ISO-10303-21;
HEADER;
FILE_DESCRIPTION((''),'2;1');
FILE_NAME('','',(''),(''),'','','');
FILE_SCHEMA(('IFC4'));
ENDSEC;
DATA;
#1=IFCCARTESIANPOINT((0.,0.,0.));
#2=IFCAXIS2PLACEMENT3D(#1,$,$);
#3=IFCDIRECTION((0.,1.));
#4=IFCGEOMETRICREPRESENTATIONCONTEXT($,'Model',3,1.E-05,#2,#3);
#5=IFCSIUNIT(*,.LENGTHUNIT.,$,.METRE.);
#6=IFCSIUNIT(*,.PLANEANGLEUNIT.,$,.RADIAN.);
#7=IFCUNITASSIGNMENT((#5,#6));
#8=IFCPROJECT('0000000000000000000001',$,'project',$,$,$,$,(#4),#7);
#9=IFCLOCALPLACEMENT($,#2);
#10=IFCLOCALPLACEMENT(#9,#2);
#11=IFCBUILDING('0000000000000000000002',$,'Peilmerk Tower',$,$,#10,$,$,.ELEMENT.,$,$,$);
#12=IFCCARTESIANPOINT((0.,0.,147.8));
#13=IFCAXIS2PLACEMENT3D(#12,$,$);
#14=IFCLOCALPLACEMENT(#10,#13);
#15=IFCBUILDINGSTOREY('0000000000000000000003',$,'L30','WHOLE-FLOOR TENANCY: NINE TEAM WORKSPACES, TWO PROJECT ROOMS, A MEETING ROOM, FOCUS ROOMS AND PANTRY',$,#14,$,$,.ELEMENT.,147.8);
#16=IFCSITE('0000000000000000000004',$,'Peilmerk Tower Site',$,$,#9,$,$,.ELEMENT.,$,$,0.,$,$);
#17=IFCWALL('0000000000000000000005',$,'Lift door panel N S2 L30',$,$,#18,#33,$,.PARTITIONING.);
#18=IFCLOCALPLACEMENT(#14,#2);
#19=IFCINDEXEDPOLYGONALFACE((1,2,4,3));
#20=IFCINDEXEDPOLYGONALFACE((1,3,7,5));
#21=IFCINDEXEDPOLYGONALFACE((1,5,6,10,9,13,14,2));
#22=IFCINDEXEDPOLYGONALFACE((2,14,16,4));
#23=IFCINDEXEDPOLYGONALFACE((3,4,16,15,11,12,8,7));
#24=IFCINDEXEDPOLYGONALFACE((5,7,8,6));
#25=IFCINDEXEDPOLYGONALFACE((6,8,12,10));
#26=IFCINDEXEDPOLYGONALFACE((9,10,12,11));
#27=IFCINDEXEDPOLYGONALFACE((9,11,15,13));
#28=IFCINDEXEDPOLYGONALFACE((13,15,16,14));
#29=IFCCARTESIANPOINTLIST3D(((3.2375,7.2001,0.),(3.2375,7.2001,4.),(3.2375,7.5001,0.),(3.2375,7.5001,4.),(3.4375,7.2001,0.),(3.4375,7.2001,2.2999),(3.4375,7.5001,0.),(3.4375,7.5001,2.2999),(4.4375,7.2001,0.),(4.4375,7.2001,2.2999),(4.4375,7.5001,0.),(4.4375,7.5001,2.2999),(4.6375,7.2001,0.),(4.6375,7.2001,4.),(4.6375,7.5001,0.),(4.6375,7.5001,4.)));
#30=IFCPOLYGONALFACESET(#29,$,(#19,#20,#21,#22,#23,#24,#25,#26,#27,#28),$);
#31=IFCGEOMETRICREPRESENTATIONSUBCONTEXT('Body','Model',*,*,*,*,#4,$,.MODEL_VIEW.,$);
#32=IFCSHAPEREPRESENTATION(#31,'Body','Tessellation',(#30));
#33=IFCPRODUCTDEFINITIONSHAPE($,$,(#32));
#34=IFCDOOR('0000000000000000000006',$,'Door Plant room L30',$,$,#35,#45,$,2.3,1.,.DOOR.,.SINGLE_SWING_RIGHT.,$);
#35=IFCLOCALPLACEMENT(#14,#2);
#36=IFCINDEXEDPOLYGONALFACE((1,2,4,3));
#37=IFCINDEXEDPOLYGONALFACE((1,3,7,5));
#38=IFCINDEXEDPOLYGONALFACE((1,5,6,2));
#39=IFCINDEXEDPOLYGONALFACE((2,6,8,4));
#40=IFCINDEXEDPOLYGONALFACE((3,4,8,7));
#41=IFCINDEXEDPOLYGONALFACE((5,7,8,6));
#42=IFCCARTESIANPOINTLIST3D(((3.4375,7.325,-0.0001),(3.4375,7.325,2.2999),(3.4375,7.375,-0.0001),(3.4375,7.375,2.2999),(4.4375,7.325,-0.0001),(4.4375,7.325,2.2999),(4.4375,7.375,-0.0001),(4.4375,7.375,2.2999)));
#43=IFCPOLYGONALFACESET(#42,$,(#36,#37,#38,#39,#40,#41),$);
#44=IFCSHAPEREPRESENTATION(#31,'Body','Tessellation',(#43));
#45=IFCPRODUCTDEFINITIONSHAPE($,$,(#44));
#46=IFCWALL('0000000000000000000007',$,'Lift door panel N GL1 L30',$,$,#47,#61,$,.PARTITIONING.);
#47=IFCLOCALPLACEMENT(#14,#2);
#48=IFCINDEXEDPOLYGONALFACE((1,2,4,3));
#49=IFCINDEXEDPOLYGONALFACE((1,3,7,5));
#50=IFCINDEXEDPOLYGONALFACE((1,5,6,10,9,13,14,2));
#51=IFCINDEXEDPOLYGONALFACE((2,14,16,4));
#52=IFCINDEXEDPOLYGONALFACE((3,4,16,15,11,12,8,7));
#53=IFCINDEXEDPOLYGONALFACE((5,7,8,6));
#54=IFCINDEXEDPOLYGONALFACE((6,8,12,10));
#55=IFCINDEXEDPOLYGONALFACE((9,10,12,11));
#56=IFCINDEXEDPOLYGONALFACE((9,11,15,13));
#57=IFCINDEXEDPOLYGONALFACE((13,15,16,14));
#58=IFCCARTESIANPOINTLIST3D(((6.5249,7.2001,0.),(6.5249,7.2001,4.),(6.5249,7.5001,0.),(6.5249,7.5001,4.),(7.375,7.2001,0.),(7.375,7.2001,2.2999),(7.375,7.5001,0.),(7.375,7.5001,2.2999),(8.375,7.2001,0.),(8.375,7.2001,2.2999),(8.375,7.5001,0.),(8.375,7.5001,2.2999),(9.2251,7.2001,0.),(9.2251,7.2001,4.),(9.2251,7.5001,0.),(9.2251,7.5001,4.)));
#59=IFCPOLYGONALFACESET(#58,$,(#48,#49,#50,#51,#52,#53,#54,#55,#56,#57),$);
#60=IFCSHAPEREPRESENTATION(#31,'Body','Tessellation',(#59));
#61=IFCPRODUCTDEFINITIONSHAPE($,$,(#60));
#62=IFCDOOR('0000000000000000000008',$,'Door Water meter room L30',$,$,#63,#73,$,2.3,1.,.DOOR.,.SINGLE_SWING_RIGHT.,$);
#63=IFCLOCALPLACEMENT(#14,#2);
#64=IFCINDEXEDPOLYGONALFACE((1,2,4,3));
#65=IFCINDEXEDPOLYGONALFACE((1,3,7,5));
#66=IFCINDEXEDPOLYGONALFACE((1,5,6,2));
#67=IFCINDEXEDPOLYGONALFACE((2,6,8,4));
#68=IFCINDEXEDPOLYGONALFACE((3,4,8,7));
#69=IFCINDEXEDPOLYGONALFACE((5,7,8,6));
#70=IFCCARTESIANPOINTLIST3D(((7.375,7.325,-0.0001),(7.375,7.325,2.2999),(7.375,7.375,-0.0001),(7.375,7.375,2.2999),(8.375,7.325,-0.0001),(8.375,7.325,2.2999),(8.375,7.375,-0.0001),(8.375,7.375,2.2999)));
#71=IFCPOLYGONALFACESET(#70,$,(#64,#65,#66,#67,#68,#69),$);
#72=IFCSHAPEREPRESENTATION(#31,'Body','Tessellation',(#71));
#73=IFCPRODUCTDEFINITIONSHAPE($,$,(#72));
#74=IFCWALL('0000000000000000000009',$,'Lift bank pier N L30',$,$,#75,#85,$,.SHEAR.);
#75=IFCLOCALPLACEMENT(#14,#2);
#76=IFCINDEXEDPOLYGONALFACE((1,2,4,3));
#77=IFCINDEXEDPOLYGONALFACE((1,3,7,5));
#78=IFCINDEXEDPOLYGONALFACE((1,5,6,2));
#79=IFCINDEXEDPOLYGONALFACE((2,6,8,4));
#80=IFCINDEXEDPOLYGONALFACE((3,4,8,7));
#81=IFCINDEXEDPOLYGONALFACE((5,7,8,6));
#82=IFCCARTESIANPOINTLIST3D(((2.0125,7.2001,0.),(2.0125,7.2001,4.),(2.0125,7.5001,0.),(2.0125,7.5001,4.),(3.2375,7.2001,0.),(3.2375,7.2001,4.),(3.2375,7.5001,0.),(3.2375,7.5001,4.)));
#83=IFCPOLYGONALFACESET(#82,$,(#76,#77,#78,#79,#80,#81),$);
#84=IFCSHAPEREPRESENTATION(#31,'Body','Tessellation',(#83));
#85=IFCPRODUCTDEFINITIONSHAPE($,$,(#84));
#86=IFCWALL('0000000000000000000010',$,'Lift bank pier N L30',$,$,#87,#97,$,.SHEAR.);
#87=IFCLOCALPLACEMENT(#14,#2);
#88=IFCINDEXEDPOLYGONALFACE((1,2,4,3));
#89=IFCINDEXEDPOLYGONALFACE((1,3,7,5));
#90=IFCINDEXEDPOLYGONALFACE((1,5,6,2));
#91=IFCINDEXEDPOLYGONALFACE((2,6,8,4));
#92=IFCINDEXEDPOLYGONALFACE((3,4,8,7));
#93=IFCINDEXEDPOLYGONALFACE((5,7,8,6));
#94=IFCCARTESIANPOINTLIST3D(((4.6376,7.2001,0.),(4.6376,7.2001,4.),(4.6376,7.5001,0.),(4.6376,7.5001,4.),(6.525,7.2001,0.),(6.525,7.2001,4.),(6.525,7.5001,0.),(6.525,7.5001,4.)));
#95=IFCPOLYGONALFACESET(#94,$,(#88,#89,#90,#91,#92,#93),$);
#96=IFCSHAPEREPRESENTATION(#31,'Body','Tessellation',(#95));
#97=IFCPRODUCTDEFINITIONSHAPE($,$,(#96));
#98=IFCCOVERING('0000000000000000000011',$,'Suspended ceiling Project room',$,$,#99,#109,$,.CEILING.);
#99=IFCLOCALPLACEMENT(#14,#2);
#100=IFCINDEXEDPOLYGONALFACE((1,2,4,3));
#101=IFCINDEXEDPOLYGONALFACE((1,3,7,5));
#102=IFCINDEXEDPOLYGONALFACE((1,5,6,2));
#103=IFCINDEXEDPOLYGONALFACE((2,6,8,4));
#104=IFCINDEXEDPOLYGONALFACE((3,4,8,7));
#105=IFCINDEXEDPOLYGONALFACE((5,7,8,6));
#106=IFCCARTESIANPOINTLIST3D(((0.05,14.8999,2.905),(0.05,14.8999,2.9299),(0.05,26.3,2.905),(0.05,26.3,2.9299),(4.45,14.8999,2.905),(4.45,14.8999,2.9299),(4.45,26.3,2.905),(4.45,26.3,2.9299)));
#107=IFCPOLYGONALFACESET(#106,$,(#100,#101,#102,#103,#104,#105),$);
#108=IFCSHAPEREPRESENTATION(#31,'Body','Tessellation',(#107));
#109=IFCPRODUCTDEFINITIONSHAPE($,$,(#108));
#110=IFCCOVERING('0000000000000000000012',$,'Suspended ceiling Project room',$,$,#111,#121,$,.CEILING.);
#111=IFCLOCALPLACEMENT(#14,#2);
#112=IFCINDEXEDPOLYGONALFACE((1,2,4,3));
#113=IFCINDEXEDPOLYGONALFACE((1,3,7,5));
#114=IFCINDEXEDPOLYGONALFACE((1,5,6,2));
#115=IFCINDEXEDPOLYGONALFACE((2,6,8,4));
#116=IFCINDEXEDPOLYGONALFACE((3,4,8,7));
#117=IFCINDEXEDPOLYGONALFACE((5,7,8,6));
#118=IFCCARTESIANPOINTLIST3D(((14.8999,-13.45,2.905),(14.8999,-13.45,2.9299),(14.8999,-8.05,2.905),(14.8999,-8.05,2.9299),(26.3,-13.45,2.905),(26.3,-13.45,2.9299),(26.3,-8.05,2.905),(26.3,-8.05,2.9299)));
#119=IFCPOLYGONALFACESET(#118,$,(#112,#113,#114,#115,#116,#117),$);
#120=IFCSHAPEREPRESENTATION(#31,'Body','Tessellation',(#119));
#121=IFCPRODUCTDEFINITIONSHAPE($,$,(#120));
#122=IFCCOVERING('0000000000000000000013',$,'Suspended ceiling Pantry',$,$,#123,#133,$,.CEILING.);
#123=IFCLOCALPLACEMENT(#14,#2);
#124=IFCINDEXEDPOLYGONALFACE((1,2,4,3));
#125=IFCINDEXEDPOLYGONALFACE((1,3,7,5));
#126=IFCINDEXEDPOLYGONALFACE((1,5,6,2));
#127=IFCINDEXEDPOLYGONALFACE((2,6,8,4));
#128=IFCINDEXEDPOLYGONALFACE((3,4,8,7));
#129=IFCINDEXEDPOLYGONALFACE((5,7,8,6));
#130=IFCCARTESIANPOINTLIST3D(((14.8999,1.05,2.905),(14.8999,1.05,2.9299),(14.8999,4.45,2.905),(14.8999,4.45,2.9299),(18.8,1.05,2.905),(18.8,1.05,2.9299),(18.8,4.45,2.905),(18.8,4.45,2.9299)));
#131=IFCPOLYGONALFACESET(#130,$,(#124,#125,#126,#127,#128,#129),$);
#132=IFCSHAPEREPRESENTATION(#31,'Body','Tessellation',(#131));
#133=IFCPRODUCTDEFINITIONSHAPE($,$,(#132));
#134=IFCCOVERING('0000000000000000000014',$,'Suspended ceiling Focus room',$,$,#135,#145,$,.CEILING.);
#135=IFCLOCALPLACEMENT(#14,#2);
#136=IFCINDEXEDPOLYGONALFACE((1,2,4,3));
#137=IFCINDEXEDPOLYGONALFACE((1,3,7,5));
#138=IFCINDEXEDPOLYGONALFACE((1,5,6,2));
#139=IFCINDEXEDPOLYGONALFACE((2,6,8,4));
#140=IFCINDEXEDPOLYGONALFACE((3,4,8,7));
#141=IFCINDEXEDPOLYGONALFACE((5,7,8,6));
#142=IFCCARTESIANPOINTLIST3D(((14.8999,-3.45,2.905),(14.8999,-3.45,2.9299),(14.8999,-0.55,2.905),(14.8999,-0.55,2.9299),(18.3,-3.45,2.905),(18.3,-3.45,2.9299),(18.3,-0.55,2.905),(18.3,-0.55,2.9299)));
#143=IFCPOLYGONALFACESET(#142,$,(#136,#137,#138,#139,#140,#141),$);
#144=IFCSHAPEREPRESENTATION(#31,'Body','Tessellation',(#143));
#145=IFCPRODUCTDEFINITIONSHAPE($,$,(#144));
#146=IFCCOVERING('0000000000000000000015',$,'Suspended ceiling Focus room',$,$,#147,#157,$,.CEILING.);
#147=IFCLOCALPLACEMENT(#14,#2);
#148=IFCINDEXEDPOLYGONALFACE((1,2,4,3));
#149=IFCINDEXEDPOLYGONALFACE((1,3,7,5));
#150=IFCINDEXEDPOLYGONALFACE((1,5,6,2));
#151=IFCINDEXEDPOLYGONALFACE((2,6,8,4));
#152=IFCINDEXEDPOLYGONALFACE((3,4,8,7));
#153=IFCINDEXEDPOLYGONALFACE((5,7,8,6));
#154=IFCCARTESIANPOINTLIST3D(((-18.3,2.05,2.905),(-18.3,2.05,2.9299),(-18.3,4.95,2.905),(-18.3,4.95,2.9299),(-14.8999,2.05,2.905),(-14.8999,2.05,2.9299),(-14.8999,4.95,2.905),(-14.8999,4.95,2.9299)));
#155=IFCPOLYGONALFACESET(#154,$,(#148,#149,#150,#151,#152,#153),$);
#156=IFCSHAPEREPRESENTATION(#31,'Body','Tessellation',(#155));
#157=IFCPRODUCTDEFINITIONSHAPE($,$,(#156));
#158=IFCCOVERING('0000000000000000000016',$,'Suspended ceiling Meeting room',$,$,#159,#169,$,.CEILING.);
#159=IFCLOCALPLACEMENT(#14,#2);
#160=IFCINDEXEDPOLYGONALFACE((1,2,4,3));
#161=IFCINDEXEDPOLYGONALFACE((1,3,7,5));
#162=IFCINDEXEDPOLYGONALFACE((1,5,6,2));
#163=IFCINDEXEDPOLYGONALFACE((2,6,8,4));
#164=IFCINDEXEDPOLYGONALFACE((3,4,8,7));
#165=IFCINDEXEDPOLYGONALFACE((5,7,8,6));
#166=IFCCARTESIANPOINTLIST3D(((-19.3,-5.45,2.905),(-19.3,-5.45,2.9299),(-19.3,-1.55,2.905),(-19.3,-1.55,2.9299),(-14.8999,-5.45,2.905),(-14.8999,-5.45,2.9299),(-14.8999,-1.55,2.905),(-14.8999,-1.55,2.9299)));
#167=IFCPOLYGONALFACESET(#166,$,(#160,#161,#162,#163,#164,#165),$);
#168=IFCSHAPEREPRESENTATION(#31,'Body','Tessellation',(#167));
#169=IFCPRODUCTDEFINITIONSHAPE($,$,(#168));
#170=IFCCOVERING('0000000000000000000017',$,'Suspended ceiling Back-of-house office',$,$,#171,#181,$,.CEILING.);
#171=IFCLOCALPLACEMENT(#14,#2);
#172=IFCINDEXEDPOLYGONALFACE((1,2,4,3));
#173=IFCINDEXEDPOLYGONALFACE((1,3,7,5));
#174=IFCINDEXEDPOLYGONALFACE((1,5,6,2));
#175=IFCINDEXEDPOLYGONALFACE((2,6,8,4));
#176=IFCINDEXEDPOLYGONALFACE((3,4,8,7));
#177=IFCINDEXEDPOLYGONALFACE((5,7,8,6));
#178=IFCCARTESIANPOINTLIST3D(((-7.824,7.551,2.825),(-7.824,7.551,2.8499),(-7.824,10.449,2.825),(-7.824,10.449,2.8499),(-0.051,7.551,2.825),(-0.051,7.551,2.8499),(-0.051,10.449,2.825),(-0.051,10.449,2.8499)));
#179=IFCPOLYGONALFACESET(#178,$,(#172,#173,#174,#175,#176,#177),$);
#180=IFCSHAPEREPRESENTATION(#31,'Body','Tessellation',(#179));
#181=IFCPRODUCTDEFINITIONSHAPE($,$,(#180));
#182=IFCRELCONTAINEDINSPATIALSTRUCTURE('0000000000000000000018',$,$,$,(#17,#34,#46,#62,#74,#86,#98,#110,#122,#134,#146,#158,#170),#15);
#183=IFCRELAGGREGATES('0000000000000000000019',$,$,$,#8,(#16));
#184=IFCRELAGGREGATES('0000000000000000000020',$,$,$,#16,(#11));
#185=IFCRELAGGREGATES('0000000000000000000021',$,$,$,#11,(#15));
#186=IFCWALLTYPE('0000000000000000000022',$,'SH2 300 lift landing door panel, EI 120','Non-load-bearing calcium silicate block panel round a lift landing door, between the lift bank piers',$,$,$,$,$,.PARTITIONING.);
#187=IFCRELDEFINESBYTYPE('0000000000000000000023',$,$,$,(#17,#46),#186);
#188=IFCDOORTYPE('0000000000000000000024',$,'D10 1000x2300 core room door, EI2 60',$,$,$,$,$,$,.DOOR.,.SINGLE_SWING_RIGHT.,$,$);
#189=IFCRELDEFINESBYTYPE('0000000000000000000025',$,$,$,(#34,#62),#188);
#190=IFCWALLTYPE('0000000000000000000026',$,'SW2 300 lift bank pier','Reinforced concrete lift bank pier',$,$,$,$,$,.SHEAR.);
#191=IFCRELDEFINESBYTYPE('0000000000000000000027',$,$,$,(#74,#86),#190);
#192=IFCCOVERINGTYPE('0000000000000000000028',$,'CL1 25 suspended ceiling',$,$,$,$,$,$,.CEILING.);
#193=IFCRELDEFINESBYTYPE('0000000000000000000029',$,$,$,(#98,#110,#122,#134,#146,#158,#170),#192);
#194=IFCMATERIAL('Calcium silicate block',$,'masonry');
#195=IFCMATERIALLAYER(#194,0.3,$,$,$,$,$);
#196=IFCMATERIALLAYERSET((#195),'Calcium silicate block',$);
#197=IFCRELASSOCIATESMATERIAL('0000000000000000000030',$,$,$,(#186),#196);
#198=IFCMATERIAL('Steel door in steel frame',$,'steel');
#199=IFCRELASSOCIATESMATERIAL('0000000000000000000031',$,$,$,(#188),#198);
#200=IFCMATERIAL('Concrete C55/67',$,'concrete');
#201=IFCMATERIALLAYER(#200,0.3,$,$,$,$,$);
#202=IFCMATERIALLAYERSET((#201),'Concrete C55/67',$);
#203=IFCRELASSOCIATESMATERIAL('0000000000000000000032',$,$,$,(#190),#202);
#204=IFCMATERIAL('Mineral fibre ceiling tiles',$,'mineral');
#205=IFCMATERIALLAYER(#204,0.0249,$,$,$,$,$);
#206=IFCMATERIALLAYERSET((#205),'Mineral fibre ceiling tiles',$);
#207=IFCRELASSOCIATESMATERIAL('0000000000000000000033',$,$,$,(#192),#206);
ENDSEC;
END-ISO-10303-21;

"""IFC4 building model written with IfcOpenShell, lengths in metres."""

from ifc_helpers import new_model, si_unit, direction, frame, frame_2d, origin, place, context, subcontext, project, spatial, polyline, rectangle, outline, extrude, material, layer, layer_set, type_object, element, fill, save


model = new_model("IFC4")

# Units and contexts
model_context = context("Model", 3, precision=1e-05, world=origin(), true_north=direction((0.0, 1.0)))
body_context = subcontext(model_context, "Body", "Model", "MODEL_VIEW")
ifc_project = project(units=[si_unit("LENGTHUNIT", "METRE"), si_unit("PLANEANGLEUNIT", "RADIAN")], contexts=[model_context])

# Site, building, storey
site_placement = place(None, origin())
site = spatial("IfcSite", under=ifc_project, at=site_placement, Name="Peilmerk Tower Site", CompositionType="ELEMENT", RefElevation=0.0)
building_placement = place(site_placement, origin())
building = spatial("IfcBuilding", under=site, at=building_placement, Name="Peilmerk Tower", CompositionType="ELEMENT")
storey_placement = place(building_placement, frame((0.0, 0.0, 147.8)))
storey = spatial("IfcBuildingStorey", under=building, at=storey_placement, Name="L30", Description="WHOLE-FLOOR TENANCY: NINE TEAM WORKSPACES, TWO PROJECT ROOMS, A MEETING ROOM, FOCUS ROOMS AND PANTRY", CompositionType="ELEMENT", Elevation=147.8)

# Shared definitions
ifc_material_1 = material(Name="Steel door in steel frame", Category="steel")

# Shared definitions
ifc_material_2 = material(Name="Calcium silicate block", Category="masonry")
ifc_layer_1 = layer(ifc_material_2, 0.3)
ifc_layer_set_1 = layer_set([ifc_layer_1], Name="Calcium silicate block")
wall_type_1 = type_object("IfcWallType", Name="SH2 300 lift landing door panel, EI 120", Description="Non-load-bearing calcium silicate block panel round a lift landing door, between the lift bank piers", PredefinedType="PARTITIONING", material=ifc_layer_set_1)

# Walls, openings, doors
wall_1_placement = place(storey_placement, frame((3.2375, 7.3501, 0.0), z_axis=(0.0, 0.0, 1.0), x_axis=(1.0, 0.0, 0.0)))
wall_1 = element("IfcWall", 1, at=wall_1_placement, inside=storey, type_object=wall_type_1, Name="Lift door panel N S2 L30", PredefinedType="PARTITIONING", context=body_context, shape_type="SweptSolid", body=[
    extrude(rectangle(XDim=1.3999, YDim=0.3, at=frame_2d((0.7, 0.0))), origin(), (0.0, 0.0, 1.0), 4.0),
])
opening_1_placement = place(wall_1_placement, frame((0.2, 0.0, 0.0)))
opening_1 = element("IfcOpeningElement", 2, at=opening_1_placement, cuts=wall_1, PredefinedType="OPENING", context=body_context, shape_type="SweptSolid", body=[
    extrude(rectangle(XDim=1.0, YDim=2.3, at=frame_2d((0.5, 1.1499))), frame((0.0, 0.1599, 0.0), z_axis=(0.0, -1.0, 0.0), x_axis=(1.0, 0.0, 0.0)), (0.0, 0.0, 1.0), 0.3201),
])
door_type_1 = type_object("IfcDoorType", Name="D10 1000x2300 core room door, EI2 60", OperationType="SINGLE_SWING_RIGHT", PredefinedType="DOOR", material=ifc_material_1)
door_1_placement = place(opening_1_placement, origin())
door_1 = element("IfcDoor", 3, at=door_1_placement, inside=storey, type_object=door_type_1, Name="Door Plant room L30", OperationType="SINGLE_SWING_RIGHT", OverallHeight=2.3, OverallWidth=1.0, PredefinedType="DOOR", context=body_context, shape_type="SweptSolid", body=[
    extrude(rectangle(XDim=1.0, YDim=2.3, at=frame_2d((0.5, 1.1499))), frame((0.0, 0.0249, 0.0), z_axis=(0.0, -1.0, 0.0), x_axis=(1.0, 0.0, 0.0)), (0.0, 0.0, 1.0), 0.05),
])
fill(opening_1, door_1)
wall_2_placement = place(storey_placement, frame((6.5249, 7.3501, 0.0), z_axis=(0.0, 0.0, 1.0), x_axis=(1.0, 0.0, 0.0)))
wall_2 = element("IfcWall", 4, at=wall_2_placement, inside=storey, type_object=wall_type_1, Name="Lift door panel N GL1 L30", PredefinedType="PARTITIONING", context=body_context, shape_type="SweptSolid", body=[
    extrude(rectangle(XDim=2.7002, YDim=0.3, at=frame_2d((1.3501, 0.0))), origin(), (0.0, 0.0, 1.0), 4.0),
])
opening_2_placement = place(wall_2_placement, frame((0.8501, 0.0, 0.0)))
opening_2 = element("IfcOpeningElement", 5, at=opening_2_placement, cuts=wall_2, PredefinedType="OPENING", context=body_context, shape_type="SweptSolid", body=[
    extrude(rectangle(XDim=1.0, YDim=2.3, at=frame_2d((0.5, 1.1499))), frame((0.0, 0.1599, 0.0), z_axis=(0.0, -1.0, 0.0), x_axis=(1.0, 0.0, 0.0)), (0.0, 0.0, 1.0), 0.3201),
])
door_2_placement = place(opening_2_placement, origin())
door_2 = element("IfcDoor", 6, at=door_2_placement, inside=storey, type_object=door_type_1, Name="Door Water meter room L30", OperationType="SINGLE_SWING_RIGHT", OverallHeight=2.3, OverallWidth=1.0, PredefinedType="DOOR", context=body_context, shape_type="SweptSolid", body=[
    extrude(rectangle(XDim=1.0, YDim=2.3, at=frame_2d((0.5, 1.1499))), frame((0.0, 0.0249, 0.0), z_axis=(0.0, -1.0, 0.0), x_axis=(1.0, 0.0, 0.0)), (0.0, 0.0, 1.0), 0.05),
])
fill(opening_2, door_2)

# Walls
ifc_material_3 = material(Name="Concrete C55/67", Category="concrete")
ifc_layer_2 = layer(ifc_material_3, 0.3)
ifc_layer_set_2 = layer_set([ifc_layer_2], Name="Concrete C55/67")
wall_type_2 = type_object("IfcWallType", Name="SW2 300 lift bank pier", Description="Reinforced concrete lift bank pier", PredefinedType="SHEAR", material=ifc_layer_set_2)
wall_3_placement = place(storey_placement, frame((2.0125, 7.3501, 0.0), z_axis=(0.0, 0.0, 1.0), x_axis=(1.0, 0.0, 0.0)))
element("IfcWall", 7, at=wall_3_placement, inside=storey, type_object=wall_type_2, Name="Lift bank pier N L30", PredefinedType="SHEAR", context=body_context, shape_type="SweptSolid", body=[
    extrude(rectangle(XDim=1.2251, YDim=0.3, at=frame_2d((0.6125, 0.0))), origin(), (0.0, 0.0, 1.0), 4.0),
])
wall_4_placement = place(storey_placement, frame((4.6375, 7.3501, 0.0), z_axis=(0.0, 0.0, 1.0), x_axis=(1.0, 0.0, 0.0)))
element("IfcWall", 8, at=wall_4_placement, inside=storey, type_object=wall_type_2, Name="Lift bank pier N L30", PredefinedType="SHEAR", context=body_context, shape_type="SweptSolid", body=[
    extrude(rectangle(XDim=1.8875, YDim=0.3, at=frame_2d((0.9438, 0.0))), origin(), (0.0, 0.0, 1.0), 4.0),
])

# Coverings
ifc_material_4 = material(Name="Mineral fibre ceiling tiles", Category="mineral")
ifc_layer_3 = layer(ifc_material_4, 0.0249)
ifc_layer_set_3 = layer_set([ifc_layer_3], Name="Mineral fibre ceiling tiles")
covering_type = type_object("IfcCoveringType", Name="CL1 25 suspended ceiling", PredefinedType="CEILING", material=ifc_layer_set_3)
covering_1_placement = place(storey_placement, frame((0.0, 0.0, 2.905)))
element("IfcCovering", 9, at=covering_1_placement, inside=storey, type_object=covering_type, Name="Suspended ceiling Project room", PredefinedType="CEILING", context=body_context, shape_type="SweptSolid", body=[
    extrude(outline(polyline([(4.45, 26.3), (0.05, 26.3), (0.05, 14.8999), (4.45, 14.8999), (4.45, 26.3)])), origin(), (0.0, 0.0, 1.0), 0.0249),
])
covering_2_placement = place(storey_placement, frame((0.0, 0.0, 2.905)))
element("IfcCovering", 10, at=covering_2_placement, inside=storey, type_object=covering_type, Name="Suspended ceiling Project room", PredefinedType="CEILING", context=body_context, shape_type="SweptSolid", body=[
    extrude(outline(polyline([(26.3, -13.45), (26.3, -8.05), (14.8999, -8.05), (14.8999, -13.45), (26.3, -13.45)])), origin(), (0.0, 0.0, 1.0), 0.0249),
])
covering_3_placement = place(storey_placement, frame((0.0, 0.0, 2.905)))
element("IfcCovering", 11, at=covering_3_placement, inside=storey, type_object=covering_type, Name="Suspended ceiling Pantry", PredefinedType="CEILING", context=body_context, shape_type="SweptSolid", body=[
    extrude(outline(polyline([(18.8, 1.05), (18.8, 4.45), (14.8999, 4.45), (14.8999, 1.05), (18.8, 1.05)])), origin(), (0.0, 0.0, 1.0), 0.0249),
])
covering_4_placement = place(storey_placement, frame((0.0, 0.0, 2.905)))
element("IfcCovering", 12, at=covering_4_placement, inside=storey, type_object=covering_type, Name="Suspended ceiling Focus room", PredefinedType="CEILING", context=body_context, shape_type="SweptSolid", body=[
    extrude(outline(polyline([(18.3, -3.45), (18.3, -0.55), (14.8999, -0.55), (14.8999, -3.45), (18.3, -3.45)])), origin(), (0.0, 0.0, 1.0), 0.0249),
])
covering_5_placement = place(storey_placement, frame((0.0, 0.0, 2.905)))
element("IfcCovering", 13, at=covering_5_placement, inside=storey, type_object=covering_type, Name="Suspended ceiling Focus room", PredefinedType="CEILING", context=body_context, shape_type="SweptSolid", body=[
    extrude(outline(polyline([(-14.8999, 2.05), (-14.8999, 4.95), (-18.3, 4.95), (-18.3, 2.05), (-14.8999, 2.05)])), origin(), (0.0, 0.0, 1.0), 0.0249),
])
covering_6_placement = place(storey_placement, frame((0.0, 0.0, 2.905)))
element("IfcCovering", 14, at=covering_6_placement, inside=storey, type_object=covering_type, Name="Suspended ceiling Meeting room", PredefinedType="CEILING", context=body_context, shape_type="SweptSolid", body=[
    extrude(outline(polyline([(-14.8999, -5.45), (-14.8999, -1.55), (-19.3, -1.55), (-19.3, -5.45), (-14.8999, -5.45)])), origin(), (0.0, 0.0, 1.0), 0.0249),
])
covering_7_placement = place(storey_placement, frame((0.0, 0.0, 2.825)))
element("IfcCovering", 15, at=covering_7_placement, inside=storey, type_object=covering_type, Name="Suspended ceiling Back-of-house office", PredefinedType="CEILING", context=body_context, shape_type="SweptSolid", body=[
    extrude(outline(polyline([(-7.824, 7.551), (-0.051, 7.551), (-0.051, 10.449), (-7.824, 10.449), (-7.824, 7.551)])), origin(), (0.0, 0.0, 1.0), 0.0249),
])

save(model, "model.ifc")
